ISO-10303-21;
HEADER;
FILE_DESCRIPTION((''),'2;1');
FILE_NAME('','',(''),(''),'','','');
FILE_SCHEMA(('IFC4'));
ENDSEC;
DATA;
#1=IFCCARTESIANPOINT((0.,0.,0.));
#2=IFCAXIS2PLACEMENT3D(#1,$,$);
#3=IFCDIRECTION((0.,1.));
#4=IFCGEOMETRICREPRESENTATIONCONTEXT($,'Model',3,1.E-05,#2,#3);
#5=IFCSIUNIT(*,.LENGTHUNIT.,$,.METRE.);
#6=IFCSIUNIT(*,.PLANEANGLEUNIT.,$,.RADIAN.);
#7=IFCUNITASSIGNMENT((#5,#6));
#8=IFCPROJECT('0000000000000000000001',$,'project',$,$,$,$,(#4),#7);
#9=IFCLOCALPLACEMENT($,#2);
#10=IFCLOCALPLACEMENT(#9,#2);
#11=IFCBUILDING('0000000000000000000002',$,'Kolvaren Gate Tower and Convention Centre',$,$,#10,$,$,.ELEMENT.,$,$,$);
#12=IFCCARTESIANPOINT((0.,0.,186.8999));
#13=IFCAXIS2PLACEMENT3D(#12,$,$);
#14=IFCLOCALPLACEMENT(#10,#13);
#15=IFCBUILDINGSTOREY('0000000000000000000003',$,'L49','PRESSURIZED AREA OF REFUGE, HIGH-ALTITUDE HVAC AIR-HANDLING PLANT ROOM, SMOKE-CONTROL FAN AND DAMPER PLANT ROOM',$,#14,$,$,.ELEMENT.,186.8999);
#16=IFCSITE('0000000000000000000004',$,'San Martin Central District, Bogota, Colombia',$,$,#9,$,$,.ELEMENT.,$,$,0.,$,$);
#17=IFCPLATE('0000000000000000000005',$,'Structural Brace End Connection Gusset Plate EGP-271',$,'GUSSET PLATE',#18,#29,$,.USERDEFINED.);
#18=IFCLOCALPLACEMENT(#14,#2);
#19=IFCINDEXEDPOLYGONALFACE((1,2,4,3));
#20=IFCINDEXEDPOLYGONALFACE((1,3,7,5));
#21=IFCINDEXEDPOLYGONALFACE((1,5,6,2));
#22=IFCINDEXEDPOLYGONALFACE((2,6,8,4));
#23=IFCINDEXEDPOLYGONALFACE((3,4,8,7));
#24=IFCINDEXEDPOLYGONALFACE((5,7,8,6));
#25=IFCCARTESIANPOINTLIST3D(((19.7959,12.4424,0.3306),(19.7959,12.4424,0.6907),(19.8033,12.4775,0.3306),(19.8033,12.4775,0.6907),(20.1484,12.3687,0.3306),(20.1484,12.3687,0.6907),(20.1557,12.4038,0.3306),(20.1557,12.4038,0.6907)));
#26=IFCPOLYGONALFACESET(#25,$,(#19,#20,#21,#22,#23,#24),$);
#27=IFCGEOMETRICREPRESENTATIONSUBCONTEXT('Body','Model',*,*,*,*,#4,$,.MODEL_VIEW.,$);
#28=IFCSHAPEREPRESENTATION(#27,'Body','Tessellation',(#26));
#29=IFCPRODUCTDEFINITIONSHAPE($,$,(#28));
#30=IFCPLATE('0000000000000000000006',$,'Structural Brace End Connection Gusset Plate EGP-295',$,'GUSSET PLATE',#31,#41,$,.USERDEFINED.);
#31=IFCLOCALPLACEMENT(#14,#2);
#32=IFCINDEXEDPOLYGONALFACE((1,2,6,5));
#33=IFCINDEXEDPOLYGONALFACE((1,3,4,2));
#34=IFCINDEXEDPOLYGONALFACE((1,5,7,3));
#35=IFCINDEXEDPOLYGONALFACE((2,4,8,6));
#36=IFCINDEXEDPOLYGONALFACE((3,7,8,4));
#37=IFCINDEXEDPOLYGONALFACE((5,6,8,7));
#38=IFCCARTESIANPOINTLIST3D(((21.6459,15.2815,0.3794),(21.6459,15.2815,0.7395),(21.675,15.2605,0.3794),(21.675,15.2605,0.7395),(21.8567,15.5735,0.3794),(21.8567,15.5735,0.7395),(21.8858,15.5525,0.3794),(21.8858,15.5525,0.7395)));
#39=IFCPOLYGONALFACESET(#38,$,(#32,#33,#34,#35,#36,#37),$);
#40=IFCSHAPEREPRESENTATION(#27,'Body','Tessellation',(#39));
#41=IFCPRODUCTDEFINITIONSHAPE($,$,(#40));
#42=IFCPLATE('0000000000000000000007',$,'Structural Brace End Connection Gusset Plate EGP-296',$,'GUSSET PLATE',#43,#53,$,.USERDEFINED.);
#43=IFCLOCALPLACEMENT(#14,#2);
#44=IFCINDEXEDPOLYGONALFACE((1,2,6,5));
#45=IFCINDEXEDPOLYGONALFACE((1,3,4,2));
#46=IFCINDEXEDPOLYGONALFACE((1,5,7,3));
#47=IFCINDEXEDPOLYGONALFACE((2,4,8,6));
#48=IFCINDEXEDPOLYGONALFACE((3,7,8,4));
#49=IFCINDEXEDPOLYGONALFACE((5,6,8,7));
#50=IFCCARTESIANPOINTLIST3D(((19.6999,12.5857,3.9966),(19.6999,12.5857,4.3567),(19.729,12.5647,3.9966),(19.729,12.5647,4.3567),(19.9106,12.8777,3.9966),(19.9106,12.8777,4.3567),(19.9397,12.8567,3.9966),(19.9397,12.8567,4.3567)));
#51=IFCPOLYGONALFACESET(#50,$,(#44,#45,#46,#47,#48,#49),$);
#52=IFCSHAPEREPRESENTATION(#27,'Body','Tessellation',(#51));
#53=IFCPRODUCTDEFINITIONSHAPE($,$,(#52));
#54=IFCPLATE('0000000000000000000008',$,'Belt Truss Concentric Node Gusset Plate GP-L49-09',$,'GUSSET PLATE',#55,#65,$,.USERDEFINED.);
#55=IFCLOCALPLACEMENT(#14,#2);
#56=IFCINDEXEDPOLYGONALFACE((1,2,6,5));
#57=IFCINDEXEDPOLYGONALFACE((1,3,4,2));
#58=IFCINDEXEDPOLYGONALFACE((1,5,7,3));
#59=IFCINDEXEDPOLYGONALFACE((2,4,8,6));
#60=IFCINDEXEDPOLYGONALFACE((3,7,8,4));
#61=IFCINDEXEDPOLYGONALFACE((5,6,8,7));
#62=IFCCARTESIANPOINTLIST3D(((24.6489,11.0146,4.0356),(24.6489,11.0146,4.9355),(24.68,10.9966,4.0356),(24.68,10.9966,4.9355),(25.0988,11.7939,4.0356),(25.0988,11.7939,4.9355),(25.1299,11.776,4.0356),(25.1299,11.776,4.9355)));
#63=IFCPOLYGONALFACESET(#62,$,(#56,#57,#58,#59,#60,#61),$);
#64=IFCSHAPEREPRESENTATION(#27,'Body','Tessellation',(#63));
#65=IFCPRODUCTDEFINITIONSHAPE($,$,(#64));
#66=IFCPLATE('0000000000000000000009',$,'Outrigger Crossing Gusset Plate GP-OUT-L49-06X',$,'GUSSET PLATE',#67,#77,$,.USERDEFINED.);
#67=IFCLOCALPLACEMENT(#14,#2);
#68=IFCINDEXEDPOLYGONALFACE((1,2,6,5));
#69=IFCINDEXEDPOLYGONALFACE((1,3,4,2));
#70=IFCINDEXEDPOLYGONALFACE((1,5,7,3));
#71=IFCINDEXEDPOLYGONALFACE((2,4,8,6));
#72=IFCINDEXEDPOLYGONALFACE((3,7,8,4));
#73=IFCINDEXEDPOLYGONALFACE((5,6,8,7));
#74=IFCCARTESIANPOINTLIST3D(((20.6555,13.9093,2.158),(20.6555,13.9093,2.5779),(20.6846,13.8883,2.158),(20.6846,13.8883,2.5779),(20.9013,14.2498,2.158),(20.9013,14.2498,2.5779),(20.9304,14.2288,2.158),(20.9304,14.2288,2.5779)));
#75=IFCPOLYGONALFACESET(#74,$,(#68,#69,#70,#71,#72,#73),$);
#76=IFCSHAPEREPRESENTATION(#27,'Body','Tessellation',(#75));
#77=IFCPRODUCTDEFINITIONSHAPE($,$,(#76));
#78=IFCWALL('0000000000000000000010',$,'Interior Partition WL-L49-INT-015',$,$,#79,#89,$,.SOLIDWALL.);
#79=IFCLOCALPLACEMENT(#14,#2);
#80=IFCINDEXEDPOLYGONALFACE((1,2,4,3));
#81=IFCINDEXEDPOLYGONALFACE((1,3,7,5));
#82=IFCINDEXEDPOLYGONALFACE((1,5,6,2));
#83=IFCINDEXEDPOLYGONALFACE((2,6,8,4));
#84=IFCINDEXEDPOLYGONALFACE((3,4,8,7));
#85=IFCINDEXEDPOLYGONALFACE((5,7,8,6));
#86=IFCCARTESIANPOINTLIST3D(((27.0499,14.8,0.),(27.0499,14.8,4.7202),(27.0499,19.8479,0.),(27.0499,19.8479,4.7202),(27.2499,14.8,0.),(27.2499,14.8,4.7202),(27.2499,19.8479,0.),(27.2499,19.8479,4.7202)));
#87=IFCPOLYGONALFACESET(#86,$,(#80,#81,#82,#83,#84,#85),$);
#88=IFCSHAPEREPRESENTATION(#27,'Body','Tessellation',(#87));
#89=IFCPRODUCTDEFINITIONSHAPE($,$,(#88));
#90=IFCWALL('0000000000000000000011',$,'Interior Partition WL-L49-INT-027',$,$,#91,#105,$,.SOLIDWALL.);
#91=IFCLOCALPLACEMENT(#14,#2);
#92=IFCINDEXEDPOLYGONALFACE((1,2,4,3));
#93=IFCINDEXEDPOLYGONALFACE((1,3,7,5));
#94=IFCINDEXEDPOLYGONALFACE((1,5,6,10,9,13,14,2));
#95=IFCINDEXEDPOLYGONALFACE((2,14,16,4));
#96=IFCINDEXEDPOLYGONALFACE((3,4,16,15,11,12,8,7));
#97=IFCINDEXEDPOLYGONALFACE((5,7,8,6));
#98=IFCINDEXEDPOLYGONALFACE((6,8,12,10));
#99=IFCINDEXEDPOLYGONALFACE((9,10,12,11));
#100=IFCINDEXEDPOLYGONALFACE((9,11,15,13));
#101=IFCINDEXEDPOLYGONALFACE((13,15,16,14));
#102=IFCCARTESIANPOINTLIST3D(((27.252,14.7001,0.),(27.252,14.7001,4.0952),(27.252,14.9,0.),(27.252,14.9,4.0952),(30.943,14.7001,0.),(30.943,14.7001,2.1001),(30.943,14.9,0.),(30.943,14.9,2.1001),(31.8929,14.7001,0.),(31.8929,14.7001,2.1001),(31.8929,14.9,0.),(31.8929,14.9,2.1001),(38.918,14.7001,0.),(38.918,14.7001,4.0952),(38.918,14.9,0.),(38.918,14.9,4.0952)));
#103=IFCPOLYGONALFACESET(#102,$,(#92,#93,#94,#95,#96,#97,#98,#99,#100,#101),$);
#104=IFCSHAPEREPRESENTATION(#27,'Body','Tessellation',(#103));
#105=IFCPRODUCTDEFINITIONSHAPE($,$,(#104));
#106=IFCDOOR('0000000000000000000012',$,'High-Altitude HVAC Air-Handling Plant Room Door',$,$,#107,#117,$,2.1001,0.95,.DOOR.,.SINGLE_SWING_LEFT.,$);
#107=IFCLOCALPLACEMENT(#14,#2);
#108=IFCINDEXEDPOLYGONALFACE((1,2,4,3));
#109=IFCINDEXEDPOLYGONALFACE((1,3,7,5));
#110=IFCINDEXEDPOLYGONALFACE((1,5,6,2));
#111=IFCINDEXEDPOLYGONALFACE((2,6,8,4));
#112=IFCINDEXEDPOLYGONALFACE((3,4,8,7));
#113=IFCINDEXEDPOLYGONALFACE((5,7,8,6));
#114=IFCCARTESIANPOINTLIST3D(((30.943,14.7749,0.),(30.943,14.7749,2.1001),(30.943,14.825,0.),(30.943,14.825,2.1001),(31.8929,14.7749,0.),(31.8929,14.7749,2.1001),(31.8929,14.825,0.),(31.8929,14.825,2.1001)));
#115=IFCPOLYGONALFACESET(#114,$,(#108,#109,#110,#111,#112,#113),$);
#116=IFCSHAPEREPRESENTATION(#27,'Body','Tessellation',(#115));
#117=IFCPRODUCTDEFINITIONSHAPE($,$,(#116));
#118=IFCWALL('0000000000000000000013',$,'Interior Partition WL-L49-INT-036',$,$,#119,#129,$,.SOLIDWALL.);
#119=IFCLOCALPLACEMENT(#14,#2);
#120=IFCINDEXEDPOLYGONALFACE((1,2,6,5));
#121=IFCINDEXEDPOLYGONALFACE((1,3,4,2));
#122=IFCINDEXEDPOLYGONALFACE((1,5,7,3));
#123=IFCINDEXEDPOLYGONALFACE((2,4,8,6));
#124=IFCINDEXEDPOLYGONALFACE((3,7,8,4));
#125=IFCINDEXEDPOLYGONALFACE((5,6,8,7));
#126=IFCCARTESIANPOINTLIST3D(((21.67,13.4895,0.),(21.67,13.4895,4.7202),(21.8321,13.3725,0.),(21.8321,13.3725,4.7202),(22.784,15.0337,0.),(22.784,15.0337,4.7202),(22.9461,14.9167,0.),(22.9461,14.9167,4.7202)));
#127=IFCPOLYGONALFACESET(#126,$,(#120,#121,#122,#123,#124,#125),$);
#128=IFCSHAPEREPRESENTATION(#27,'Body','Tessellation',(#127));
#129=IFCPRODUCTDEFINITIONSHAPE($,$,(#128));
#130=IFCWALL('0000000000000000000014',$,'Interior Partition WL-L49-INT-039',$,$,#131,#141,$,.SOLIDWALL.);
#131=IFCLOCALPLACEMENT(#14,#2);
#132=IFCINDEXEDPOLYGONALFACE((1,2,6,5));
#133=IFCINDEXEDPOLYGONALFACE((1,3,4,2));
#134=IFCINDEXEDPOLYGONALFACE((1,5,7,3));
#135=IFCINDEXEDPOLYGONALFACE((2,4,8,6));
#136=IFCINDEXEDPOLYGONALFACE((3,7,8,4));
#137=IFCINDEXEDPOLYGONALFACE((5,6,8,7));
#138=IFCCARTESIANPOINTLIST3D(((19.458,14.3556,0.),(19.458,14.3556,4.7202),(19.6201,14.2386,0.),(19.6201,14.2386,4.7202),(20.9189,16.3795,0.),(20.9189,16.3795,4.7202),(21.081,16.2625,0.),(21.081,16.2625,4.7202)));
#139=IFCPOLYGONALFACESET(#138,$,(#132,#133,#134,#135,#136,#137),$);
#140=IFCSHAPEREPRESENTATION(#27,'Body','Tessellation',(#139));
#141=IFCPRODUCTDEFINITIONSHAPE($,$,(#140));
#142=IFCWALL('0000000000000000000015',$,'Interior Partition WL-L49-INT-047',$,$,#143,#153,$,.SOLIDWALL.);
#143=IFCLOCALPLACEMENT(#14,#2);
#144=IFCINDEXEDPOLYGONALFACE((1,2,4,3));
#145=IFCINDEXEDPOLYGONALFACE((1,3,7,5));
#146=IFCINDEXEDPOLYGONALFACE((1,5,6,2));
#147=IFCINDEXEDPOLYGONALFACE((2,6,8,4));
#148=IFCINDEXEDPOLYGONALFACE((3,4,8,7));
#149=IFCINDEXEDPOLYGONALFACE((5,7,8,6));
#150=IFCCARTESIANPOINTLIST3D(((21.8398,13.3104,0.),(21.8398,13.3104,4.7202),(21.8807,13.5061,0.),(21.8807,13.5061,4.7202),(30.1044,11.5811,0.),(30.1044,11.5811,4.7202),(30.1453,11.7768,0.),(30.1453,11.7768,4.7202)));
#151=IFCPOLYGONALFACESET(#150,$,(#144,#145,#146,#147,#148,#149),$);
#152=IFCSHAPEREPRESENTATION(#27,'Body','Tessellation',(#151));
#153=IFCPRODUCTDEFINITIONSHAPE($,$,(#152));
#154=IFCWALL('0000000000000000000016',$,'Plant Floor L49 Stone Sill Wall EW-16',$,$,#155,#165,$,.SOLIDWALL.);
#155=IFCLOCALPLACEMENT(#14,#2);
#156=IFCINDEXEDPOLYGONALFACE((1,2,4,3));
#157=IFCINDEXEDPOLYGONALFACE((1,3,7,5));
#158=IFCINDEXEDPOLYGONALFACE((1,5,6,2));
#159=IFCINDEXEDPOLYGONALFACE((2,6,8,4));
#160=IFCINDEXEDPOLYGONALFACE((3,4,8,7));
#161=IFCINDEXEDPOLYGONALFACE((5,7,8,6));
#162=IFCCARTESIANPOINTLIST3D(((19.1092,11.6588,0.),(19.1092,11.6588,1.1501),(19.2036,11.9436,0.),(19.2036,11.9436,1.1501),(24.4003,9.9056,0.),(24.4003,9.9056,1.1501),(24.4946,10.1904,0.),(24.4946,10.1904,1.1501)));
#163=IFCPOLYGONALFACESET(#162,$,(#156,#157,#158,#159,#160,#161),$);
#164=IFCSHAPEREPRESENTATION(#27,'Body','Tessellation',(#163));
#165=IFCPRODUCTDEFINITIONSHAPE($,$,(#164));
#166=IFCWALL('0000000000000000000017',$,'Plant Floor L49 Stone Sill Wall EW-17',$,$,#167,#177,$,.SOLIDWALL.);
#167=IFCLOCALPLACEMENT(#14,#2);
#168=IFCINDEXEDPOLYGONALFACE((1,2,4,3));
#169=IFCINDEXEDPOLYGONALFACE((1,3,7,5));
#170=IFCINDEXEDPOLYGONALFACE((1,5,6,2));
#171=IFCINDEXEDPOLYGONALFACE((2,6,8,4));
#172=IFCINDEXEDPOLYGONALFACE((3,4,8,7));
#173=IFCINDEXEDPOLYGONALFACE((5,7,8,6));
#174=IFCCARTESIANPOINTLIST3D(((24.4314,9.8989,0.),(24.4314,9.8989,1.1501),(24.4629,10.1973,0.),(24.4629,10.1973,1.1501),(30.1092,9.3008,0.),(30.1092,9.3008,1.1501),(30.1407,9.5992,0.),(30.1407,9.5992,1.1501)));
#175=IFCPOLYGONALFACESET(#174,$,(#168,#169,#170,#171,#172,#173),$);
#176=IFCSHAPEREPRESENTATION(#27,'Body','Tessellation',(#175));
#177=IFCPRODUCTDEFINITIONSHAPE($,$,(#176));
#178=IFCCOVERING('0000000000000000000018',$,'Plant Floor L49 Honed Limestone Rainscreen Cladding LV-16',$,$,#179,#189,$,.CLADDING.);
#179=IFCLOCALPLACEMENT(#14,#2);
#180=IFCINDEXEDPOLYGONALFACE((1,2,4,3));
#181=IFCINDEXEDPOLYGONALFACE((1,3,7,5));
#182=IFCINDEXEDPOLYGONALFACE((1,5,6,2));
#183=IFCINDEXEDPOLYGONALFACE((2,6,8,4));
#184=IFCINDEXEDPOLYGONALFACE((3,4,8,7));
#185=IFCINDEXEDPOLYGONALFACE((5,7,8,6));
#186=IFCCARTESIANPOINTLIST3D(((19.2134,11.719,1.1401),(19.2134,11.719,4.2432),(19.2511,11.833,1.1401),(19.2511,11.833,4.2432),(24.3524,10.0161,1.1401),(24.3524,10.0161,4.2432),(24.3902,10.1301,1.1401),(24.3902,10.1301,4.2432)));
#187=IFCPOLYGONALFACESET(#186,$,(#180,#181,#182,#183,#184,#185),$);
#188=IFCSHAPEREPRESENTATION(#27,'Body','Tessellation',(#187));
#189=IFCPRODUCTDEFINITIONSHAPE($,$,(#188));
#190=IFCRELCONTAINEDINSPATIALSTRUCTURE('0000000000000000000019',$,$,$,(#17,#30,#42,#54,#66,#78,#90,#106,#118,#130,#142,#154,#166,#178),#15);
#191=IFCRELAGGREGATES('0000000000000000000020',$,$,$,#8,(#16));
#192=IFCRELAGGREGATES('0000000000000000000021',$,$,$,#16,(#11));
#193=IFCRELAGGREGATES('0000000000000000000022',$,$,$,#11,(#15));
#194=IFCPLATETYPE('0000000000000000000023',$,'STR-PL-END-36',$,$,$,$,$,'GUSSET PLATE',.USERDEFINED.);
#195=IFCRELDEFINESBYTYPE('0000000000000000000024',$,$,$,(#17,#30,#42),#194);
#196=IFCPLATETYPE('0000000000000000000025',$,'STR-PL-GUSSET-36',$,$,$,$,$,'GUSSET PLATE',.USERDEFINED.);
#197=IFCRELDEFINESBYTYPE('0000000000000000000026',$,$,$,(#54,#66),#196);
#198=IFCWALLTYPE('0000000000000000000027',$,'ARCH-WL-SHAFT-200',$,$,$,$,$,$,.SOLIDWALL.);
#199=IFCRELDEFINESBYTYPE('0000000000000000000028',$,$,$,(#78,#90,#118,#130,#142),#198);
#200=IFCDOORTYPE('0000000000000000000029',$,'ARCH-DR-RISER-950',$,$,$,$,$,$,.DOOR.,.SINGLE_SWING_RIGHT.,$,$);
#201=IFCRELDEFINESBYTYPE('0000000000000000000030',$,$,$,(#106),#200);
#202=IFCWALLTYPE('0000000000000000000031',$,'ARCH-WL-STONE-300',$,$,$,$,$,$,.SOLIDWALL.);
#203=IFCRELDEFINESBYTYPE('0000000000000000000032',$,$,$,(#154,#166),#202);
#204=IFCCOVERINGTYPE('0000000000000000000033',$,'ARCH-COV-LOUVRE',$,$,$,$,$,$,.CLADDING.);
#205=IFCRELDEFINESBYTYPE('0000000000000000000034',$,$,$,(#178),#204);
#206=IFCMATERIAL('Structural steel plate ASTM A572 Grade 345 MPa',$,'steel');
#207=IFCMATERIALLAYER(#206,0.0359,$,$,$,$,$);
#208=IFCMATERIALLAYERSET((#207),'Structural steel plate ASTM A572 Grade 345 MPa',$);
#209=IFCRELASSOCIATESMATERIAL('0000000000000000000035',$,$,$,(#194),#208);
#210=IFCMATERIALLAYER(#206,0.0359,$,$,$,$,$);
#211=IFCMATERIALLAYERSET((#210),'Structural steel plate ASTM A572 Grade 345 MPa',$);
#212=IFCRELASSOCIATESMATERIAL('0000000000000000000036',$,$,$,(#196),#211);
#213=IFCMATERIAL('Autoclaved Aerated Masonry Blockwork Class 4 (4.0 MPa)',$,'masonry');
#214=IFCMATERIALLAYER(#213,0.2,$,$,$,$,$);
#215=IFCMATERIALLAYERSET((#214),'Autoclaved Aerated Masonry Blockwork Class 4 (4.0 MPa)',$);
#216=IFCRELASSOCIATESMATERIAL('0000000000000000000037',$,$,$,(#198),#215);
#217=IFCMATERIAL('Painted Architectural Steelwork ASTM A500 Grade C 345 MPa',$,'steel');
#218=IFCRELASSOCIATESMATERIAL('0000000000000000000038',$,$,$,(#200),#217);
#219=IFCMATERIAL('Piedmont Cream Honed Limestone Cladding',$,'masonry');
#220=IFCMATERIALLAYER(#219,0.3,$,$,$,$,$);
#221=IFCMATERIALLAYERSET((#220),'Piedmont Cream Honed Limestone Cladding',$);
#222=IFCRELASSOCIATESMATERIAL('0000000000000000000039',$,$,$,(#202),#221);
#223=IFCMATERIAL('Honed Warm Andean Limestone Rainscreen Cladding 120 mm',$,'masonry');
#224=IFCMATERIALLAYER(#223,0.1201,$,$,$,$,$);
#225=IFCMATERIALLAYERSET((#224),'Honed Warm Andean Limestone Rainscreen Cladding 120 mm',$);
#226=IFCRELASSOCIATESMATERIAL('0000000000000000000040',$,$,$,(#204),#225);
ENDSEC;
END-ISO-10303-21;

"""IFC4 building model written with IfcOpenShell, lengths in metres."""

from ifc_helpers import new_model, si_unit, direction, frame, frame_2d, origin, origin_2d, place, context, subcontext, project, spatial, rectangle, extrude, material, layer, layer_set, type_object, element, fill, save


model = new_model("IFC4")

# Units and contexts
model_context = context("Model", 3, precision=1e-05, world=origin(), true_north=direction((0.0, 1.0)))
body_context = subcontext(model_context, "Body", "Model", "MODEL_VIEW")
ifc_project = project(units=[si_unit("LENGTHUNIT", "METRE"), si_unit("PLANEANGLEUNIT", "RADIAN")], contexts=[model_context])

# Site, building, storey
site_placement = place(None, origin())
site = spatial("IfcSite", under=ifc_project, at=site_placement, Name="San Martin Central District, Bogota, Colombia", CompositionType="ELEMENT", RefElevation=0.0)
building_placement = place(site_placement, origin())
building = spatial("IfcBuilding", under=site, at=building_placement, Name="Kolvaren Gate Tower and Convention Centre", CompositionType="ELEMENT")
storey_placement = place(building_placement, frame((0.0, 0.0, 186.8999)))
storey = spatial("IfcBuildingStorey", under=building, at=storey_placement, Name="L49", Description="PRESSURIZED AREA OF REFUGE, HIGH-ALTITUDE HVAC AIR-HANDLING PLANT ROOM, SMOKE-CONTROL FAN AND DAMPER PLANT ROOM", CompositionType="ELEMENT", Elevation=186.8999)

# Plates
ifc_material_1 = material(Name="Structural steel plate ASTM A572 Grade 345 MPa", Category="steel")
ifc_layer_1 = layer(ifc_material_1, 0.0359)
ifc_layer_set_1 = layer_set([ifc_layer_1], Name="Structural steel plate ASTM A572 Grade 345 MPa")
plate_type_1 = type_object("IfcPlateType", Name="STR-PL-END-36", ElementType="GUSSET PLATE", PredefinedType="USERDEFINED", material=ifc_layer_set_1)
for number, where, z_axis, x_axis, name in (
    (1, (19.9758, 12.4231, 0.3306), (0.0, 0.0, 1.0), (0.978811, -0.204766, 0.0), "Structural Brace End Connection Gusset Plate EGP-271"),
    (2, (21.7659, 15.417, 0.3794), (0.0, 0.0, 1.0), (-0.585228, -0.810869, 0.0), "Structural Brace End Connection Gusset Plate EGP-295"),
    (3, (19.8198, 12.7212, 3.9966), (0.0, 0.0, 1.0), (-0.585228, -0.810869, 0.0), "Structural Brace End Connection Gusset Plate EGP-296"),
):
    element("IfcPlate", number, at=place(storey_placement, frame(where, z_axis=z_axis, x_axis=x_axis)), inside=storey, type_object=plate_type_1, Name=name, ObjectType="GUSSET PLATE", PredefinedType="USERDEFINED", context=body_context, shape_type="SweptSolid", body=[
        extrude(rectangle(XDim=0.3601, YDim=0.0359, at=origin_2d()), origin(), (0.0, 0.0, 1.0), 0.3601),
    ])
ifc_layer_2 = layer(ifc_material_1, 0.0359)
ifc_layer_set_2 = layer_set([ifc_layer_2], Name="Structural steel plate ASTM A572 Grade 345 MPa")
plate_type_2 = type_object("IfcPlateType", Name="STR-PL-GUSSET-36", ElementType="GUSSET PLATE", PredefinedType="USERDEFINED", material=ifc_layer_set_2)
plate_1_placement = place(storey_placement, frame((24.8894, 11.3953, 4.0356), z_axis=(0.0, 0.0, 1.0), x_axis=(-0.5, -0.866025, 0.0)))
element("IfcPlate", 4, at=plate_1_placement, inside=storey, type_object=plate_type_2, Name="Belt Truss Concentric Node Gusset Plate GP-L49-09", ObjectType="GUSSET PLATE", PredefinedType="USERDEFINED", context=body_context, shape_type="SweptSolid", body=[
    extrude(rectangle(XDim=0.8999, YDim=0.0359, at=origin_2d()), origin(), (0.0, 0.0, 1.0), 0.8999),
])
plate_2_placement = place(storey_placement, frame((20.793, 14.0691, 2.158), z_axis=(0.0, 0.0, 1.0), x_axis=(-0.585228, -0.810869, 0.0)))
element("IfcPlate", 5, at=plate_2_placement, inside=storey, type_object=plate_type_2, Name="Outrigger Crossing Gusset Plate GP-OUT-L49-06X", ObjectType="GUSSET PLATE", PredefinedType="USERDEFINED", context=body_context, shape_type="SweptSolid", body=[
    extrude(rectangle(XDim=0.4199, YDim=0.0359, at=origin_2d()), origin(), (0.0, 0.0, 1.0), 0.4199),
])

# Wall
ifc_material_2 = material(Name="Autoclaved Aerated Masonry Blockwork Class 4 (4.0 MPa)", Category="masonry")
ifc_layer_3 = layer(ifc_material_2, 0.2)
ifc_layer_set_3 = layer_set([ifc_layer_3], Name="Autoclaved Aerated Masonry Blockwork Class 4 (4.0 MPa)")
wall_type_1 = type_object("IfcWallType", Name="ARCH-WL-SHAFT-200", PredefinedType="SOLIDWALL", material=ifc_layer_set_3)
wall_1_placement = place(storey_placement, frame((27.1499, 14.8, 0.0), z_axis=(0.0, 0.0, 1.0), x_axis=(0.0, 1.0, 0.0)))
element("IfcWall", 6, at=wall_1_placement, inside=storey, type_object=wall_type_1, Name="Interior Partition WL-L49-INT-015", PredefinedType="SOLIDWALL", context=body_context, shape_type="SweptSolid", body=[
    extrude(rectangle(XDim=5.0479, YDim=0.2, at=frame_2d((2.5239, 0.0))), origin(), (0.0, 0.0, 1.0), 4.7202),
])

# Wall, opening, door
wall_2_placement = place(storey_placement, frame((27.252, 14.8, 0.0), z_axis=(0.0, 0.0, 1.0), x_axis=(1.0, 0.0, 0.0)))
wall_2 = element("IfcWall", 7, at=wall_2_placement, inside=storey, type_object=wall_type_1, Name="Interior Partition WL-L49-INT-027", PredefinedType="SOLIDWALL", context=body_context, shape_type="SweptSolid", body=[
    extrude(rectangle(XDim=11.666, YDim=0.2, at=frame_2d((5.833, 0.0))), origin(), (0.0, 0.0, 1.0), 4.0952),
])
opening_placement = place(wall_2_placement, frame((3.6909, 0.0, 0.0)))
opening = element("IfcOpeningElement", 8, at=opening_placement, cuts=wall_2, PredefinedType="OPENING", context=body_context, shape_type="SweptSolid", body=[
    extrude(rectangle(XDim=0.95, YDim=2.1001, at=frame_2d((0.4751, 1.05))), frame((0.0, 0.1099, 0.0), z_axis=(0.0, -1.0, 0.0), x_axis=(1.0, 0.0, 0.0)), (0.0, 0.0, 1.0), 0.22),
])
ifc_material_3 = material(Name="Painted Architectural Steelwork ASTM A500 Grade C 345 MPa", Category="steel")
door_type = type_object("IfcDoorType", Name="ARCH-DR-RISER-950", OperationType="SINGLE_SWING_RIGHT", PredefinedType="DOOR", material=ifc_material_3)
door_placement = place(opening_placement, origin())
door = element("IfcDoor", 9, at=door_placement, inside=storey, type_object=door_type, Name="High-Altitude HVAC Air-Handling Plant Room Door", OperationType="SINGLE_SWING_LEFT", OverallHeight=2.1001, OverallWidth=0.95, PredefinedType="DOOR", context=body_context, shape_type="SweptSolid", body=[
    extrude(rectangle(XDim=0.95, YDim=2.1001, at=frame_2d((0.4751, 1.05))), frame((0.0, 0.0249, 0.0), z_axis=(0.0, -1.0, 0.0), x_axis=(1.0, 0.0, 0.0)), (0.0, 0.0, 1.0), 0.05),
])
fill(opening, door)

# Walls
wall_3_placement = place(storey_placement, frame((21.751, 13.4309, 0.0), z_axis=(0.0, 0.0, 1.0), x_axis=(0.585064, 0.810987, 0.0)))
element("IfcWall", 10, at=wall_3_placement, inside=storey, type_object=wall_type_1, Name="Interior Partition WL-L49-INT-036", PredefinedType="SOLIDWALL", context=body_context, shape_type="SweptSolid", body=[
    extrude(rectangle(XDim=1.9041, YDim=0.2, at=frame_2d((0.9521, 0.0))), origin(), (0.0, 0.0, 1.0), 4.7202),
])
wall_4_placement = place(storey_placement, frame((19.5391, 14.2971, 0.0), z_axis=(0.0, 0.0, 1.0), x_axis=(0.585283, 0.810829, 0.0)))
element("IfcWall", 11, at=wall_4_placement, inside=storey, type_object=wall_type_1, Name="Interior Partition WL-L49-INT-039", PredefinedType="SOLIDWALL", context=body_context, shape_type="SweptSolid", body=[
    extrude(rectangle(XDim=2.4961, YDim=0.2, at=frame_2d((1.248, 0.0))), origin(), (0.0, 0.0, 1.0), 4.7202),
])
wall_5_placement = place(storey_placement, frame((21.8604, 13.4082, 0.0), z_axis=(0.0, 0.0, 1.0), x_axis=(0.978804, -0.204799, 0.0)))
element("IfcWall", 12, at=wall_5_placement, inside=storey, type_object=wall_type_1, Name="Interior Partition WL-L49-INT-047", PredefinedType="SOLIDWALL", context=body_context, shape_type="SweptSolid", body=[
    extrude(rectangle(XDim=8.4436, YDim=0.2, at=frame_2d((4.2217, 0.0))), origin(), (0.0, 0.0, 1.0), 4.7202),
])
ifc_material_4 = material(Name="Piedmont Cream Honed Limestone Cladding", Category="masonry")
ifc_layer_4 = layer(ifc_material_4, 0.3)
ifc_layer_set_4 = layer_set([ifc_layer_4], Name="Piedmont Cream Honed Limestone Cladding")
wall_type_2 = type_object("IfcWallType", Name="ARCH-WL-STONE-300", PredefinedType="SOLIDWALL", material=ifc_layer_set_4)
wall_6_placement = place(storey_placement, frame((19.1562, 11.8013, 0.0), z_axis=(0.0, 0.0, 1.0), x_axis=(0.949247, -0.314532, 0.0)))
element("IfcWall", 13, at=wall_6_placement, inside=storey, type_object=wall_type_2, Name="Plant Floor L49 Stone Sill Wall EW-16", PredefinedType="SOLIDWALL", context=body_context, shape_type="SweptSolid", body=[
    extrude(rectangle(XDim=5.574, YDim=0.3, at=frame_2d((2.7871, 0.0))), origin(), (0.0, 0.0, 1.0), 1.1501),
])
wall_7_placement = place(storey_placement, frame((24.4473, 10.0481, 0.0), z_axis=(0.0, 0.0, 1.0), x_axis=(0.994497, -0.104769, 0.0)))
element("IfcWall", 14, at=wall_7_placement, inside=storey, type_object=wall_type_2, Name="Plant Floor L49 Stone Sill Wall EW-17", PredefinedType="SOLIDWALL", context=body_context, shape_type="SweptSolid", body=[
    extrude(rectangle(XDim=5.7092, YDim=0.3, at=frame_2d((2.8545, 0.0))), origin(), (0.0, 0.0, 1.0), 1.1501),
])

# Covering
ifc_material_5 = material(Name="Honed Warm Andean Limestone Rainscreen Cladding 120 mm", Category="masonry")
ifc_layer_5 = layer(ifc_material_5, 0.1201)
ifc_layer_set_5 = layer_set([ifc_layer_5], Name="Honed Warm Andean Limestone Rainscreen Cladding 120 mm")
covering_type = type_object("IfcCoveringType", Name="ARCH-COV-LOUVRE", PredefinedType="CLADDING", material=ifc_layer_set_5)
covering_1_placement = place(storey_placement, frame((21.8018, 10.9246, 1.1401), z_axis=(0.0, 0.0, 1.0), x_axis=(0.94924, -0.314554, 0.0)))
element("IfcCovering", 15, at=covering_1_placement, inside=storey, type_object=covering_type, Name="Plant Floor L49 Honed Limestone Rainscreen Cladding LV-16", PredefinedType="CLADDING", context=body_context, shape_type="SweptSolid", body=[
    extrude(rectangle(XDim=5.4138, YDim=0.1201, at=origin_2d()), origin(), (0.0, 0.0, 1.0), 3.103),
])

save(model, "model.ifc")
